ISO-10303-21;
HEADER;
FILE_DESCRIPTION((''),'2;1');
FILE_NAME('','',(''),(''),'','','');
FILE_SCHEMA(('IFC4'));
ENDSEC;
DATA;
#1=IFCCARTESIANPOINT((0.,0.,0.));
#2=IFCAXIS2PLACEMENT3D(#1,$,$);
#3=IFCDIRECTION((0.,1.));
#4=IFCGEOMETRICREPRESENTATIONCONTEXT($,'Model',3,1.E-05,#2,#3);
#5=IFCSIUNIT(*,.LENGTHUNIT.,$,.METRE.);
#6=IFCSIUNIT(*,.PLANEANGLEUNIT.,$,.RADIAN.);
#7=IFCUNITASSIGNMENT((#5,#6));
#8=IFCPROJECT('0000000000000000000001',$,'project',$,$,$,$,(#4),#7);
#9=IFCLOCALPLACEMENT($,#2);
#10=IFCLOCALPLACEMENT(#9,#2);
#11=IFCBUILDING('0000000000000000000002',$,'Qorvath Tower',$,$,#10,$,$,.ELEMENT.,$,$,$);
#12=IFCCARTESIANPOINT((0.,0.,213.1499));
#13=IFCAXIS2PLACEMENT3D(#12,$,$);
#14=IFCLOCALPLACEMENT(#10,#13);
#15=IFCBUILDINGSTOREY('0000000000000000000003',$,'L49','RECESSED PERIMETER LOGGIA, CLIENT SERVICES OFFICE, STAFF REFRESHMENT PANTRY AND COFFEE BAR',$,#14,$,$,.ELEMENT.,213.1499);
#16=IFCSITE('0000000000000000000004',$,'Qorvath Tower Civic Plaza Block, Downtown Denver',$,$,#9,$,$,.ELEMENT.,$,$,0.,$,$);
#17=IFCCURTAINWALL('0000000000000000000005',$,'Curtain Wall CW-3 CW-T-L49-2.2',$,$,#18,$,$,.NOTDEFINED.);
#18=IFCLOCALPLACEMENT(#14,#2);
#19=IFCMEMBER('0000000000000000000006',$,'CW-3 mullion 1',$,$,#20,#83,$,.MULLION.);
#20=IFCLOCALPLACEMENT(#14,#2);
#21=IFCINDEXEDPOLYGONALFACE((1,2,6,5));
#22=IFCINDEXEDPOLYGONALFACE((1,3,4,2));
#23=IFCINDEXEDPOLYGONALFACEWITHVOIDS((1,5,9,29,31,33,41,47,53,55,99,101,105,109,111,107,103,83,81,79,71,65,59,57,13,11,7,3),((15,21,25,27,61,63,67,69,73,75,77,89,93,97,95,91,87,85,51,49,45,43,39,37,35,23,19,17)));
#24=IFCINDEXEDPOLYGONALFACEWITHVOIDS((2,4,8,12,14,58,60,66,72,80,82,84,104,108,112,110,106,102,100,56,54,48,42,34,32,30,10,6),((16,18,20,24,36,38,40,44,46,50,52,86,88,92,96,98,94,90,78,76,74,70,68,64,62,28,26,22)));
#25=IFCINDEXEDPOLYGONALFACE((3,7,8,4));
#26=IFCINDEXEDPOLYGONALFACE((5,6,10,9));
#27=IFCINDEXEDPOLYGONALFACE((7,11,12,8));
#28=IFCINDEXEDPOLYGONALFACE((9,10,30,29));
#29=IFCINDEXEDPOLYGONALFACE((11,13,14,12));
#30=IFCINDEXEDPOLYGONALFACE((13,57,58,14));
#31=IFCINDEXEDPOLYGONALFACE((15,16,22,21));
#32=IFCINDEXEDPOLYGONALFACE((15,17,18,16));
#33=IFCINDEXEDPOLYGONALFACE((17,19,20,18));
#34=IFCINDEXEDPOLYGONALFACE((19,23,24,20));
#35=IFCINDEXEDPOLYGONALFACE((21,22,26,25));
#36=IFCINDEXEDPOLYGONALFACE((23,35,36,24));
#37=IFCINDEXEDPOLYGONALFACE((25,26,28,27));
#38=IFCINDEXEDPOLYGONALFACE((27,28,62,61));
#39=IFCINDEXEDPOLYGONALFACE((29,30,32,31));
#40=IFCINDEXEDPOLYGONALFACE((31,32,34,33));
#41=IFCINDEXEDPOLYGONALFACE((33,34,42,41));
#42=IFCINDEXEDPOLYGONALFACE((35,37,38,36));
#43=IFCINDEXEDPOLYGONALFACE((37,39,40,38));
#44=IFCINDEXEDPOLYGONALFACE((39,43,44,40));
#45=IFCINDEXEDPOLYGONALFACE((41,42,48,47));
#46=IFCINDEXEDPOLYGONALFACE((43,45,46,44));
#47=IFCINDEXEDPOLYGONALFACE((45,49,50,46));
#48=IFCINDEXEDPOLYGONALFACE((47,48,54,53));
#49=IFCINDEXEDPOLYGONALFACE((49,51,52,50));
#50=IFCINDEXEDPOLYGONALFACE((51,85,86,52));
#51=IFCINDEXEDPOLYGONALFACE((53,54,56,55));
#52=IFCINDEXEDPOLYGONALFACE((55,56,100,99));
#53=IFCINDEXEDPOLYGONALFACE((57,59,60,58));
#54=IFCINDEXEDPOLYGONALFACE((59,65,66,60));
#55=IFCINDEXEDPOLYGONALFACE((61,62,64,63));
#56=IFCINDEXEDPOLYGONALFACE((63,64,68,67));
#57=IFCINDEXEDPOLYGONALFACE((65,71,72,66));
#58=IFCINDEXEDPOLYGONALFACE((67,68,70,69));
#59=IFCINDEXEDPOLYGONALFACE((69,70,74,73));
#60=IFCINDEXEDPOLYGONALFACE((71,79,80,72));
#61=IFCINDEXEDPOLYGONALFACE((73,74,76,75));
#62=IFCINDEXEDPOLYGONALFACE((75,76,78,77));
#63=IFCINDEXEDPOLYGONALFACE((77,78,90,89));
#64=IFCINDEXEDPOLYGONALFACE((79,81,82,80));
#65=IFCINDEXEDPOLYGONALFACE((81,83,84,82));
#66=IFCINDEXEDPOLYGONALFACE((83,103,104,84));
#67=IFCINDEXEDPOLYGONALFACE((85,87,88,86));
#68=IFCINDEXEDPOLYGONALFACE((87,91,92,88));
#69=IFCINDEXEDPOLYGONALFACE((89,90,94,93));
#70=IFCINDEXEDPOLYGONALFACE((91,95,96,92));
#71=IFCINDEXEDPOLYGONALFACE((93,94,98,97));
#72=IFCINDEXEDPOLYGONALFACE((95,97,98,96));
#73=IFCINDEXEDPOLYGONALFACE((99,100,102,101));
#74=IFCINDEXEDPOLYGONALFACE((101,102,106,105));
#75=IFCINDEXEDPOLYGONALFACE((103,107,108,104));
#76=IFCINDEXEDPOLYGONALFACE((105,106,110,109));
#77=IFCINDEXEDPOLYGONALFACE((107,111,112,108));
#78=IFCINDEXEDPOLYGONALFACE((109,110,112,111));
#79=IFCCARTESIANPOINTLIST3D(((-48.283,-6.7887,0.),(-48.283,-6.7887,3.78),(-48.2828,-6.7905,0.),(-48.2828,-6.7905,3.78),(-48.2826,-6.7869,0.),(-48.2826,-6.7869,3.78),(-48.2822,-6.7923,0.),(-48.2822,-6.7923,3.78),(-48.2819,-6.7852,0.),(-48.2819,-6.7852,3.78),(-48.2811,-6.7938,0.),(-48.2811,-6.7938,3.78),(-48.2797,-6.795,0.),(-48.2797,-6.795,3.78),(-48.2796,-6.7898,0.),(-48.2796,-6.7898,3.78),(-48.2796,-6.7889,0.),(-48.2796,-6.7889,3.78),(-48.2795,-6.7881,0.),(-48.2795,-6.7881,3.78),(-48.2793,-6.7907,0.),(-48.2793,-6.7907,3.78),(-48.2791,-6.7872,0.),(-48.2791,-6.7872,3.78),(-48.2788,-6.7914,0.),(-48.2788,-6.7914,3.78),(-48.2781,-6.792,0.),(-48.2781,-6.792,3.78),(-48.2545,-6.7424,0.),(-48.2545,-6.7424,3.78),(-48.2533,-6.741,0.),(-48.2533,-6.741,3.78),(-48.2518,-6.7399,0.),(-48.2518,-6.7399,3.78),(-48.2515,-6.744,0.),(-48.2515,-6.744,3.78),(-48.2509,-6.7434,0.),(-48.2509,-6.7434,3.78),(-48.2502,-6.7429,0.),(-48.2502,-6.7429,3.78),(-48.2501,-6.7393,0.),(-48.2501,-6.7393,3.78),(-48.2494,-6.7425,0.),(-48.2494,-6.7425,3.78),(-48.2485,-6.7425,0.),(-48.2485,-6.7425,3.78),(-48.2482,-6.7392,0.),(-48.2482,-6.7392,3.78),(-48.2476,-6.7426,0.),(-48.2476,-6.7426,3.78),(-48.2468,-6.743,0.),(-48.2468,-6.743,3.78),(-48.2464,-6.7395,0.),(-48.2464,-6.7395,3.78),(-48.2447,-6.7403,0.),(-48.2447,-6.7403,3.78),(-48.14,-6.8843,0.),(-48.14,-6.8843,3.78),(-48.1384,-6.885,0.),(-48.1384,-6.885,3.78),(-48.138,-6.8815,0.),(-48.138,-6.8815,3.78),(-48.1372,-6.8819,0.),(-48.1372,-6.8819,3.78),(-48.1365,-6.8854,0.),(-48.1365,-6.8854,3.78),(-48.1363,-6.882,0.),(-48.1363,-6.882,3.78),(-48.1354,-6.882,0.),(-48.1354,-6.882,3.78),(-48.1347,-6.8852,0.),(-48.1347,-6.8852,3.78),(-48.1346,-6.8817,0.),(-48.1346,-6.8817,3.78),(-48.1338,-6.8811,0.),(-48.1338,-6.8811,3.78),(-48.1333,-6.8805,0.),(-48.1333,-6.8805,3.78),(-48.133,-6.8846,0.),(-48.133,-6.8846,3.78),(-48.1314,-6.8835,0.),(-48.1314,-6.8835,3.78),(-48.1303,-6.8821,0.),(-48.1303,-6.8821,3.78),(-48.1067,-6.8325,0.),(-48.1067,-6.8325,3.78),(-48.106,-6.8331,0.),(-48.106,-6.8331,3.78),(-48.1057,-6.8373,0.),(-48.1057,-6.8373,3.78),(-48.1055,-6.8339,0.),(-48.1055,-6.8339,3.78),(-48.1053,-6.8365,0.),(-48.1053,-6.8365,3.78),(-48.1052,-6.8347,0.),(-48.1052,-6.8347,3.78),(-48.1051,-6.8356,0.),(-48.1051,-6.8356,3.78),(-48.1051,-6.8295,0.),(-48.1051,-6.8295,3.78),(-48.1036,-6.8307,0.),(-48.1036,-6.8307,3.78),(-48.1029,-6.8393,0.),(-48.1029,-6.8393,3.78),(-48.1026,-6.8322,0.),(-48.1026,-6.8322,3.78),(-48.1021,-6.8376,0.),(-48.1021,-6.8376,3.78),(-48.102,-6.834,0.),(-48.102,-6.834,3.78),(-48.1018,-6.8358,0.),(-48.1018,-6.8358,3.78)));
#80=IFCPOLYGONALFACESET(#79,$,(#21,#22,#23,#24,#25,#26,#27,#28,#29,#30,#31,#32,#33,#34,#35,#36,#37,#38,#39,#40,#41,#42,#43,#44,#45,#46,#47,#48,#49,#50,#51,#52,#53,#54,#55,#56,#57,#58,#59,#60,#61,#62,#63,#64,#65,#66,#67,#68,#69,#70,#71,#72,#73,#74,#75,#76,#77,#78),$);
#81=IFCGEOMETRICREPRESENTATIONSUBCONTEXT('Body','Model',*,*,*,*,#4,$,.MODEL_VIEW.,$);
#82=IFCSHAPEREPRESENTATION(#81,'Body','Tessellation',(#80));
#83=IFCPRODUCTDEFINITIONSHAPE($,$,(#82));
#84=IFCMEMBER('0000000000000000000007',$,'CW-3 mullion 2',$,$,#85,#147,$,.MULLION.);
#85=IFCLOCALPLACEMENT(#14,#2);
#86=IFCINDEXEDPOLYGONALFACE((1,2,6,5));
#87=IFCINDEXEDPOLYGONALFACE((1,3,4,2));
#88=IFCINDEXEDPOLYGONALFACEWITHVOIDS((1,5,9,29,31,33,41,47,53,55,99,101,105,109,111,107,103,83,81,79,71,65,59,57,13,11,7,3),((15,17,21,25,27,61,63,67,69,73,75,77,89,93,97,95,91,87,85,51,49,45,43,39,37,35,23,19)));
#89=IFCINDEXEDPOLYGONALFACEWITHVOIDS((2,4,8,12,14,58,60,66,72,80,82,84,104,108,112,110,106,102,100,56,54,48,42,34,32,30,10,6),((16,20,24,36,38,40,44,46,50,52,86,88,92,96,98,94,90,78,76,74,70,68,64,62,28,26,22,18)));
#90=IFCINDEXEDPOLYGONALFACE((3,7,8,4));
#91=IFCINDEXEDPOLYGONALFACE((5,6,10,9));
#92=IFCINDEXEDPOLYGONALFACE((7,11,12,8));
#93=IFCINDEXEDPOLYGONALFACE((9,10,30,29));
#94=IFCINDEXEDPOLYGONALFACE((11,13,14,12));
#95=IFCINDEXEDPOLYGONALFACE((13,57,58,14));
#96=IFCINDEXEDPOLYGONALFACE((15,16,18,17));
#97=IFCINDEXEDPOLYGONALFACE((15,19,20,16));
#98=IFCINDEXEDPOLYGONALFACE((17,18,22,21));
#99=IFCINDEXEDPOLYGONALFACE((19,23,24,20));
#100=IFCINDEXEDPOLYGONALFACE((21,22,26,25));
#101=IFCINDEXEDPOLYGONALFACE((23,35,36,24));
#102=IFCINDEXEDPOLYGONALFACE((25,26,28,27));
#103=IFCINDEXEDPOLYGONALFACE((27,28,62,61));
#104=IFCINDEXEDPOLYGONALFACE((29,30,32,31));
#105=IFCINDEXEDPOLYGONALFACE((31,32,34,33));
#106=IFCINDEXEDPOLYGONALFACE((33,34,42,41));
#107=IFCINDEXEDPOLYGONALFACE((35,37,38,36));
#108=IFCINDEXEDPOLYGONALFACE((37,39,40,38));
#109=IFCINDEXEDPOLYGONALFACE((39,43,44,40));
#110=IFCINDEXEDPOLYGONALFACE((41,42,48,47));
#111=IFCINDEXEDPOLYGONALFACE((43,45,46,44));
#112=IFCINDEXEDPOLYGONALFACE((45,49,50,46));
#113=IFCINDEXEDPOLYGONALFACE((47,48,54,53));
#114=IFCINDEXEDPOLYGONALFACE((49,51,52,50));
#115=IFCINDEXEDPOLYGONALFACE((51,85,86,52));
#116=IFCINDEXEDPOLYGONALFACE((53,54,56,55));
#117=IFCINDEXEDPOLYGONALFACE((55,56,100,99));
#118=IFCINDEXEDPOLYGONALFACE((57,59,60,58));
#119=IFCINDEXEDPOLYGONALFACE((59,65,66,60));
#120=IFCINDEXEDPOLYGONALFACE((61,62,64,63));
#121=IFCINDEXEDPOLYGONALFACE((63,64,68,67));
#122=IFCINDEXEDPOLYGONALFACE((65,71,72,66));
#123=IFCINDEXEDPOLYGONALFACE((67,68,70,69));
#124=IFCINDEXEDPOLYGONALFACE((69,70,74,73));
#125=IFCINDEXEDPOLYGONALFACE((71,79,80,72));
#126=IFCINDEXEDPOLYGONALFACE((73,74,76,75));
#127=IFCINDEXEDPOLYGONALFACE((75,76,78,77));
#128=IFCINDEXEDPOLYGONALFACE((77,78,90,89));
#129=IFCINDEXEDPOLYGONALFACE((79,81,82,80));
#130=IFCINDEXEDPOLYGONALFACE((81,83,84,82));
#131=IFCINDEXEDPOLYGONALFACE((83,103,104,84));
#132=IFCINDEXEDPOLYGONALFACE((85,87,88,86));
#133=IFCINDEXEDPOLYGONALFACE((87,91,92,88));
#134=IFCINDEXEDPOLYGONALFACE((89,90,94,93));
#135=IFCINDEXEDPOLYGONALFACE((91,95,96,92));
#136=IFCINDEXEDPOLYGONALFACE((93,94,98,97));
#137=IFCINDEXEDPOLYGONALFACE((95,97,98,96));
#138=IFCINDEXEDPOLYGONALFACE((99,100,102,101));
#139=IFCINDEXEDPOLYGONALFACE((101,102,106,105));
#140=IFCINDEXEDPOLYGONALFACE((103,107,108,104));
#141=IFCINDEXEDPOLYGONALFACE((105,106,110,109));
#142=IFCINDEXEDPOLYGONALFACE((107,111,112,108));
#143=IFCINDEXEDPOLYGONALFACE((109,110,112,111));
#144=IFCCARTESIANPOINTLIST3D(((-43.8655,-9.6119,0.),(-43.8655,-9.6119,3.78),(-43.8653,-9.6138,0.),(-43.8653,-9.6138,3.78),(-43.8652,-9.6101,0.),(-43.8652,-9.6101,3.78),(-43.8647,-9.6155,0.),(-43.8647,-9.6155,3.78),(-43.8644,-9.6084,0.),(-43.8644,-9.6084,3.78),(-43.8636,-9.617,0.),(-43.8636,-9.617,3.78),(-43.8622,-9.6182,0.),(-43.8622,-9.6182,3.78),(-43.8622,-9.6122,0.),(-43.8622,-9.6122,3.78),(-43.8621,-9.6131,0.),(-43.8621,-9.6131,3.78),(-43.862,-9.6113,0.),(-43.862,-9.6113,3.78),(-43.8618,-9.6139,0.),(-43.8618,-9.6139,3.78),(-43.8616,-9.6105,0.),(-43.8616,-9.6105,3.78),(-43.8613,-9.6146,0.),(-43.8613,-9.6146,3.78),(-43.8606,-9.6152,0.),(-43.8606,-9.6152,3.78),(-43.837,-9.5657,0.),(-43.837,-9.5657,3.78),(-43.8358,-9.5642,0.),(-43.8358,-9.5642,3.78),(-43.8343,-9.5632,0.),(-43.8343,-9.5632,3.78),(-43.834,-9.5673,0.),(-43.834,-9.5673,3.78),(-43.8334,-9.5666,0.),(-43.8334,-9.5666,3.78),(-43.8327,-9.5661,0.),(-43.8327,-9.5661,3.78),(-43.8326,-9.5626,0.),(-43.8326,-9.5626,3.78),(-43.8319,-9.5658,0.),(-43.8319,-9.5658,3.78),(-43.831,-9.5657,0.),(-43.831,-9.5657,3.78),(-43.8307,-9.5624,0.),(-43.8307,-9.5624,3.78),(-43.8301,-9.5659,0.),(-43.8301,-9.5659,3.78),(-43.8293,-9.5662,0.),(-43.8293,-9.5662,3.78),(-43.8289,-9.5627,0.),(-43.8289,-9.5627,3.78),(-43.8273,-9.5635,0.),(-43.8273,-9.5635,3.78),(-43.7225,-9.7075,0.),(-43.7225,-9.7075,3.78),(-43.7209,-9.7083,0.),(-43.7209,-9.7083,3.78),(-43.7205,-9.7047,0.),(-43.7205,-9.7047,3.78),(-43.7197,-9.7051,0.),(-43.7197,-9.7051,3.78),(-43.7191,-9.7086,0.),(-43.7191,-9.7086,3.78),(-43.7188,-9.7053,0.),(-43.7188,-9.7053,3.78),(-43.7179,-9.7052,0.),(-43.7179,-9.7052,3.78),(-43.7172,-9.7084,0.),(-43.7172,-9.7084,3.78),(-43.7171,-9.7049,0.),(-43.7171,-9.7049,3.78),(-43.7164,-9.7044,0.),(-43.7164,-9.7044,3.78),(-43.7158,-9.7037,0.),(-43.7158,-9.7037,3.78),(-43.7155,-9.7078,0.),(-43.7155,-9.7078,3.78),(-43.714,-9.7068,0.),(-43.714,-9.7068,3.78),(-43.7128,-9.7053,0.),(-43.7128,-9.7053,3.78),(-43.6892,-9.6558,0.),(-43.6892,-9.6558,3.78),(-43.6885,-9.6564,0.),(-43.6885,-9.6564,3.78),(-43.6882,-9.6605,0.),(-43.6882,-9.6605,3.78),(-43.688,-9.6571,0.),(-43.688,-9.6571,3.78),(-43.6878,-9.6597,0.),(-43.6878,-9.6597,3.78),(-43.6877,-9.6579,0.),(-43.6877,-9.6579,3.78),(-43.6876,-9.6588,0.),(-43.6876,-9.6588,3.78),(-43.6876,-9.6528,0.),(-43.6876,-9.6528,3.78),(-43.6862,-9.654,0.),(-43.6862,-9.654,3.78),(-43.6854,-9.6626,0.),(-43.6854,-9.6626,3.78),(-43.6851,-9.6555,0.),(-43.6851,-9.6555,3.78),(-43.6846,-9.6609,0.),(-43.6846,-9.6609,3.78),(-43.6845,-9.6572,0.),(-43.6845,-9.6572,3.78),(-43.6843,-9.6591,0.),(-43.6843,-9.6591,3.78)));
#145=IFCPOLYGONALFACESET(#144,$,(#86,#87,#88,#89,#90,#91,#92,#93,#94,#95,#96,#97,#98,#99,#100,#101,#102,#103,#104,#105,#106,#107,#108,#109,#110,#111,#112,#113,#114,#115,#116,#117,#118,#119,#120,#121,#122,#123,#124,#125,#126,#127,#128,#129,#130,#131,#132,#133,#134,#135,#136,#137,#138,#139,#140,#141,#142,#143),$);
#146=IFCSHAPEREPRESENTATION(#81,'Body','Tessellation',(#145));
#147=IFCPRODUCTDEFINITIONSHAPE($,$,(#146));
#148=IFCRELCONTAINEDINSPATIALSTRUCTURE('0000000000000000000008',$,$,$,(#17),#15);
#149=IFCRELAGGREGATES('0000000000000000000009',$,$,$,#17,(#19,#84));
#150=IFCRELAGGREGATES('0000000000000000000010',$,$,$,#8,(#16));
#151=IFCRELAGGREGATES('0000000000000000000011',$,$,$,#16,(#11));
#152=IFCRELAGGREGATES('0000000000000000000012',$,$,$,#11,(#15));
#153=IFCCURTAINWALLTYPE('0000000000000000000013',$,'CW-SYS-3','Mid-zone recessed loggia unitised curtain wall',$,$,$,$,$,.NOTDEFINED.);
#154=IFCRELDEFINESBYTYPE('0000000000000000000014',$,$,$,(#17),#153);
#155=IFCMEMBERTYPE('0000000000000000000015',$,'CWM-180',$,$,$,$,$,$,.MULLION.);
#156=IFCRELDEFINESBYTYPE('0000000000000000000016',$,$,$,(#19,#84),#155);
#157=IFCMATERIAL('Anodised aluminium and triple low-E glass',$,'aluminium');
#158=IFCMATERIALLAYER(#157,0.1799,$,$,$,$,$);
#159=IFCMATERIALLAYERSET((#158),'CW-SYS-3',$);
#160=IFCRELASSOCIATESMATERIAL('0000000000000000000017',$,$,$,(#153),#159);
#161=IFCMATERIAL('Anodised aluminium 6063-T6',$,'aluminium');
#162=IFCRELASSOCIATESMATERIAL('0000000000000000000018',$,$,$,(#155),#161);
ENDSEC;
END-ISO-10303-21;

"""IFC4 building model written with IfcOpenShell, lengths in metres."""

from ifc_helpers import new_model, si_unit, direction, frame, origin, origin_2d, place, context, subcontext, project, spatial, hollow_rectangle, extrude, material, layer, layer_set, material_profile, profile_set, type_object, element, aggregate, save


model = new_model("IFC4")

# Units and contexts
model_context = context("Model", 3, precision=1e-05, world=origin(), true_north=direction((0.0, 1.0)))
body_context = subcontext(model_context, "Body", "Model", "MODEL_VIEW")
ifc_project = project(units=[si_unit("LENGTHUNIT", "METRE"), si_unit("PLANEANGLEUNIT", "RADIAN")], contexts=[model_context])

# Site, building, storey
site_placement = place(None, origin())
site = spatial("IfcSite", under=ifc_project, at=site_placement, Name="Qorvath Tower Civic Plaza Block, Downtown Denver", CompositionType="ELEMENT", RefElevation=0.0)
building_placement = place(site_placement, origin())
building = spatial("IfcBuilding", under=site, at=building_placement, Name="Qorvath Tower", CompositionType="ELEMENT")
storey_placement = place(building_placement, frame((0.0, 0.0, 213.1499)))
storey = spatial("IfcBuildingStorey", under=building, at=storey_placement, Name="L49", Description="RECESSED PERIMETER LOGGIA, CLIENT SERVICES OFFICE, STAFF REFRESHMENT PANTRY AND COFFEE BAR", CompositionType="ELEMENT", Elevation=213.1499)

# Curtain wall, members
ifc_material_1 = material(Name="Anodised aluminium and triple low-E glass", Category="aluminium")
ifc_layer_1 = layer(ifc_material_1, 0.1799)
ifc_layer_set_1 = layer_set([ifc_layer_1], Name="CW-SYS-3")
curtain_wall_type = type_object("IfcCurtainWallType", Name="CW-SYS-3", Description="Mid-zone recessed loggia unitised curtain wall", PredefinedType="NOTDEFINED", material=ifc_layer_set_1)
ifc_material_2 = material(Name="Anodised aluminium 6063-T6", Category="aluminium")
ifc_material_profile_1 = material_profile(ifc_material_2, hollow_rectangle(XDim=0.0649, YDim=0.1799, WallThickness=0.0034, InnerFilletRadius=0.0034, OuterFilletRadius=0.0071, at=origin_2d()), Name="CWM 180x65")
ifc_profile_set_1 = profile_set([ifc_material_profile_1], Name="Anodised aluminium 6063-T6")
member_type_1 = type_object("IfcMemberType", Name="CWM-180", PredefinedType="MULLION", material=ifc_profile_set_1)
curtain_wall_1_placement = place(storey_placement, origin())
curtain_wall_1 = element("IfcCurtainWall", 1, at=curtain_wall_1_placement, inside=storey, type_object=curtain_wall_type, Name="Curtain Wall CW-3 CW-T-L49-2.2", PredefinedType="NOTDEFINED")
member_1_placement = place(storey_placement, frame((-48.1924, -6.8123, 0.0), z_axis=(0.0, 0.0, 1.0), x_axis=(0.538533, 0.842605, 0.0)))
member_1 = element("IfcMember", 2, at=member_1_placement, type_object=member_type_1, Name="CW-3 mullion 1", PredefinedType="MULLION", context=body_context, shape_type="SweptSolid", body=[
    extrude(hollow_rectangle(XDim=0.0649, YDim=0.1799, WallThickness=0.0034, InnerFilletRadius=0.0034, OuterFilletRadius=0.0071, at=origin_2d()), origin(), (0.0, 0.0, 1.0), 3.78),
])
member_2_placement = place(storey_placement, frame((-43.7749, -9.6355, 0.0), z_axis=(0.0, 0.0, 1.0), x_axis=(0.538533, 0.842605, 0.0)))
member_2 = element("IfcMember", 3, at=member_2_placement, type_object=member_type_1, Name="CW-3 mullion 2", PredefinedType="MULLION", context=body_context, shape_type="SweptSolid", body=[
    extrude(hollow_rectangle(XDim=0.0649, YDim=0.1799, WallThickness=0.0034, InnerFilletRadius=0.0034, OuterFilletRadius=0.0071, at=origin_2d()), origin(), (0.0, 0.0, 1.0), 3.78),
])

aggregate(curtain_wall_1, [member_1, member_2])

save(model, "model.ifc")
